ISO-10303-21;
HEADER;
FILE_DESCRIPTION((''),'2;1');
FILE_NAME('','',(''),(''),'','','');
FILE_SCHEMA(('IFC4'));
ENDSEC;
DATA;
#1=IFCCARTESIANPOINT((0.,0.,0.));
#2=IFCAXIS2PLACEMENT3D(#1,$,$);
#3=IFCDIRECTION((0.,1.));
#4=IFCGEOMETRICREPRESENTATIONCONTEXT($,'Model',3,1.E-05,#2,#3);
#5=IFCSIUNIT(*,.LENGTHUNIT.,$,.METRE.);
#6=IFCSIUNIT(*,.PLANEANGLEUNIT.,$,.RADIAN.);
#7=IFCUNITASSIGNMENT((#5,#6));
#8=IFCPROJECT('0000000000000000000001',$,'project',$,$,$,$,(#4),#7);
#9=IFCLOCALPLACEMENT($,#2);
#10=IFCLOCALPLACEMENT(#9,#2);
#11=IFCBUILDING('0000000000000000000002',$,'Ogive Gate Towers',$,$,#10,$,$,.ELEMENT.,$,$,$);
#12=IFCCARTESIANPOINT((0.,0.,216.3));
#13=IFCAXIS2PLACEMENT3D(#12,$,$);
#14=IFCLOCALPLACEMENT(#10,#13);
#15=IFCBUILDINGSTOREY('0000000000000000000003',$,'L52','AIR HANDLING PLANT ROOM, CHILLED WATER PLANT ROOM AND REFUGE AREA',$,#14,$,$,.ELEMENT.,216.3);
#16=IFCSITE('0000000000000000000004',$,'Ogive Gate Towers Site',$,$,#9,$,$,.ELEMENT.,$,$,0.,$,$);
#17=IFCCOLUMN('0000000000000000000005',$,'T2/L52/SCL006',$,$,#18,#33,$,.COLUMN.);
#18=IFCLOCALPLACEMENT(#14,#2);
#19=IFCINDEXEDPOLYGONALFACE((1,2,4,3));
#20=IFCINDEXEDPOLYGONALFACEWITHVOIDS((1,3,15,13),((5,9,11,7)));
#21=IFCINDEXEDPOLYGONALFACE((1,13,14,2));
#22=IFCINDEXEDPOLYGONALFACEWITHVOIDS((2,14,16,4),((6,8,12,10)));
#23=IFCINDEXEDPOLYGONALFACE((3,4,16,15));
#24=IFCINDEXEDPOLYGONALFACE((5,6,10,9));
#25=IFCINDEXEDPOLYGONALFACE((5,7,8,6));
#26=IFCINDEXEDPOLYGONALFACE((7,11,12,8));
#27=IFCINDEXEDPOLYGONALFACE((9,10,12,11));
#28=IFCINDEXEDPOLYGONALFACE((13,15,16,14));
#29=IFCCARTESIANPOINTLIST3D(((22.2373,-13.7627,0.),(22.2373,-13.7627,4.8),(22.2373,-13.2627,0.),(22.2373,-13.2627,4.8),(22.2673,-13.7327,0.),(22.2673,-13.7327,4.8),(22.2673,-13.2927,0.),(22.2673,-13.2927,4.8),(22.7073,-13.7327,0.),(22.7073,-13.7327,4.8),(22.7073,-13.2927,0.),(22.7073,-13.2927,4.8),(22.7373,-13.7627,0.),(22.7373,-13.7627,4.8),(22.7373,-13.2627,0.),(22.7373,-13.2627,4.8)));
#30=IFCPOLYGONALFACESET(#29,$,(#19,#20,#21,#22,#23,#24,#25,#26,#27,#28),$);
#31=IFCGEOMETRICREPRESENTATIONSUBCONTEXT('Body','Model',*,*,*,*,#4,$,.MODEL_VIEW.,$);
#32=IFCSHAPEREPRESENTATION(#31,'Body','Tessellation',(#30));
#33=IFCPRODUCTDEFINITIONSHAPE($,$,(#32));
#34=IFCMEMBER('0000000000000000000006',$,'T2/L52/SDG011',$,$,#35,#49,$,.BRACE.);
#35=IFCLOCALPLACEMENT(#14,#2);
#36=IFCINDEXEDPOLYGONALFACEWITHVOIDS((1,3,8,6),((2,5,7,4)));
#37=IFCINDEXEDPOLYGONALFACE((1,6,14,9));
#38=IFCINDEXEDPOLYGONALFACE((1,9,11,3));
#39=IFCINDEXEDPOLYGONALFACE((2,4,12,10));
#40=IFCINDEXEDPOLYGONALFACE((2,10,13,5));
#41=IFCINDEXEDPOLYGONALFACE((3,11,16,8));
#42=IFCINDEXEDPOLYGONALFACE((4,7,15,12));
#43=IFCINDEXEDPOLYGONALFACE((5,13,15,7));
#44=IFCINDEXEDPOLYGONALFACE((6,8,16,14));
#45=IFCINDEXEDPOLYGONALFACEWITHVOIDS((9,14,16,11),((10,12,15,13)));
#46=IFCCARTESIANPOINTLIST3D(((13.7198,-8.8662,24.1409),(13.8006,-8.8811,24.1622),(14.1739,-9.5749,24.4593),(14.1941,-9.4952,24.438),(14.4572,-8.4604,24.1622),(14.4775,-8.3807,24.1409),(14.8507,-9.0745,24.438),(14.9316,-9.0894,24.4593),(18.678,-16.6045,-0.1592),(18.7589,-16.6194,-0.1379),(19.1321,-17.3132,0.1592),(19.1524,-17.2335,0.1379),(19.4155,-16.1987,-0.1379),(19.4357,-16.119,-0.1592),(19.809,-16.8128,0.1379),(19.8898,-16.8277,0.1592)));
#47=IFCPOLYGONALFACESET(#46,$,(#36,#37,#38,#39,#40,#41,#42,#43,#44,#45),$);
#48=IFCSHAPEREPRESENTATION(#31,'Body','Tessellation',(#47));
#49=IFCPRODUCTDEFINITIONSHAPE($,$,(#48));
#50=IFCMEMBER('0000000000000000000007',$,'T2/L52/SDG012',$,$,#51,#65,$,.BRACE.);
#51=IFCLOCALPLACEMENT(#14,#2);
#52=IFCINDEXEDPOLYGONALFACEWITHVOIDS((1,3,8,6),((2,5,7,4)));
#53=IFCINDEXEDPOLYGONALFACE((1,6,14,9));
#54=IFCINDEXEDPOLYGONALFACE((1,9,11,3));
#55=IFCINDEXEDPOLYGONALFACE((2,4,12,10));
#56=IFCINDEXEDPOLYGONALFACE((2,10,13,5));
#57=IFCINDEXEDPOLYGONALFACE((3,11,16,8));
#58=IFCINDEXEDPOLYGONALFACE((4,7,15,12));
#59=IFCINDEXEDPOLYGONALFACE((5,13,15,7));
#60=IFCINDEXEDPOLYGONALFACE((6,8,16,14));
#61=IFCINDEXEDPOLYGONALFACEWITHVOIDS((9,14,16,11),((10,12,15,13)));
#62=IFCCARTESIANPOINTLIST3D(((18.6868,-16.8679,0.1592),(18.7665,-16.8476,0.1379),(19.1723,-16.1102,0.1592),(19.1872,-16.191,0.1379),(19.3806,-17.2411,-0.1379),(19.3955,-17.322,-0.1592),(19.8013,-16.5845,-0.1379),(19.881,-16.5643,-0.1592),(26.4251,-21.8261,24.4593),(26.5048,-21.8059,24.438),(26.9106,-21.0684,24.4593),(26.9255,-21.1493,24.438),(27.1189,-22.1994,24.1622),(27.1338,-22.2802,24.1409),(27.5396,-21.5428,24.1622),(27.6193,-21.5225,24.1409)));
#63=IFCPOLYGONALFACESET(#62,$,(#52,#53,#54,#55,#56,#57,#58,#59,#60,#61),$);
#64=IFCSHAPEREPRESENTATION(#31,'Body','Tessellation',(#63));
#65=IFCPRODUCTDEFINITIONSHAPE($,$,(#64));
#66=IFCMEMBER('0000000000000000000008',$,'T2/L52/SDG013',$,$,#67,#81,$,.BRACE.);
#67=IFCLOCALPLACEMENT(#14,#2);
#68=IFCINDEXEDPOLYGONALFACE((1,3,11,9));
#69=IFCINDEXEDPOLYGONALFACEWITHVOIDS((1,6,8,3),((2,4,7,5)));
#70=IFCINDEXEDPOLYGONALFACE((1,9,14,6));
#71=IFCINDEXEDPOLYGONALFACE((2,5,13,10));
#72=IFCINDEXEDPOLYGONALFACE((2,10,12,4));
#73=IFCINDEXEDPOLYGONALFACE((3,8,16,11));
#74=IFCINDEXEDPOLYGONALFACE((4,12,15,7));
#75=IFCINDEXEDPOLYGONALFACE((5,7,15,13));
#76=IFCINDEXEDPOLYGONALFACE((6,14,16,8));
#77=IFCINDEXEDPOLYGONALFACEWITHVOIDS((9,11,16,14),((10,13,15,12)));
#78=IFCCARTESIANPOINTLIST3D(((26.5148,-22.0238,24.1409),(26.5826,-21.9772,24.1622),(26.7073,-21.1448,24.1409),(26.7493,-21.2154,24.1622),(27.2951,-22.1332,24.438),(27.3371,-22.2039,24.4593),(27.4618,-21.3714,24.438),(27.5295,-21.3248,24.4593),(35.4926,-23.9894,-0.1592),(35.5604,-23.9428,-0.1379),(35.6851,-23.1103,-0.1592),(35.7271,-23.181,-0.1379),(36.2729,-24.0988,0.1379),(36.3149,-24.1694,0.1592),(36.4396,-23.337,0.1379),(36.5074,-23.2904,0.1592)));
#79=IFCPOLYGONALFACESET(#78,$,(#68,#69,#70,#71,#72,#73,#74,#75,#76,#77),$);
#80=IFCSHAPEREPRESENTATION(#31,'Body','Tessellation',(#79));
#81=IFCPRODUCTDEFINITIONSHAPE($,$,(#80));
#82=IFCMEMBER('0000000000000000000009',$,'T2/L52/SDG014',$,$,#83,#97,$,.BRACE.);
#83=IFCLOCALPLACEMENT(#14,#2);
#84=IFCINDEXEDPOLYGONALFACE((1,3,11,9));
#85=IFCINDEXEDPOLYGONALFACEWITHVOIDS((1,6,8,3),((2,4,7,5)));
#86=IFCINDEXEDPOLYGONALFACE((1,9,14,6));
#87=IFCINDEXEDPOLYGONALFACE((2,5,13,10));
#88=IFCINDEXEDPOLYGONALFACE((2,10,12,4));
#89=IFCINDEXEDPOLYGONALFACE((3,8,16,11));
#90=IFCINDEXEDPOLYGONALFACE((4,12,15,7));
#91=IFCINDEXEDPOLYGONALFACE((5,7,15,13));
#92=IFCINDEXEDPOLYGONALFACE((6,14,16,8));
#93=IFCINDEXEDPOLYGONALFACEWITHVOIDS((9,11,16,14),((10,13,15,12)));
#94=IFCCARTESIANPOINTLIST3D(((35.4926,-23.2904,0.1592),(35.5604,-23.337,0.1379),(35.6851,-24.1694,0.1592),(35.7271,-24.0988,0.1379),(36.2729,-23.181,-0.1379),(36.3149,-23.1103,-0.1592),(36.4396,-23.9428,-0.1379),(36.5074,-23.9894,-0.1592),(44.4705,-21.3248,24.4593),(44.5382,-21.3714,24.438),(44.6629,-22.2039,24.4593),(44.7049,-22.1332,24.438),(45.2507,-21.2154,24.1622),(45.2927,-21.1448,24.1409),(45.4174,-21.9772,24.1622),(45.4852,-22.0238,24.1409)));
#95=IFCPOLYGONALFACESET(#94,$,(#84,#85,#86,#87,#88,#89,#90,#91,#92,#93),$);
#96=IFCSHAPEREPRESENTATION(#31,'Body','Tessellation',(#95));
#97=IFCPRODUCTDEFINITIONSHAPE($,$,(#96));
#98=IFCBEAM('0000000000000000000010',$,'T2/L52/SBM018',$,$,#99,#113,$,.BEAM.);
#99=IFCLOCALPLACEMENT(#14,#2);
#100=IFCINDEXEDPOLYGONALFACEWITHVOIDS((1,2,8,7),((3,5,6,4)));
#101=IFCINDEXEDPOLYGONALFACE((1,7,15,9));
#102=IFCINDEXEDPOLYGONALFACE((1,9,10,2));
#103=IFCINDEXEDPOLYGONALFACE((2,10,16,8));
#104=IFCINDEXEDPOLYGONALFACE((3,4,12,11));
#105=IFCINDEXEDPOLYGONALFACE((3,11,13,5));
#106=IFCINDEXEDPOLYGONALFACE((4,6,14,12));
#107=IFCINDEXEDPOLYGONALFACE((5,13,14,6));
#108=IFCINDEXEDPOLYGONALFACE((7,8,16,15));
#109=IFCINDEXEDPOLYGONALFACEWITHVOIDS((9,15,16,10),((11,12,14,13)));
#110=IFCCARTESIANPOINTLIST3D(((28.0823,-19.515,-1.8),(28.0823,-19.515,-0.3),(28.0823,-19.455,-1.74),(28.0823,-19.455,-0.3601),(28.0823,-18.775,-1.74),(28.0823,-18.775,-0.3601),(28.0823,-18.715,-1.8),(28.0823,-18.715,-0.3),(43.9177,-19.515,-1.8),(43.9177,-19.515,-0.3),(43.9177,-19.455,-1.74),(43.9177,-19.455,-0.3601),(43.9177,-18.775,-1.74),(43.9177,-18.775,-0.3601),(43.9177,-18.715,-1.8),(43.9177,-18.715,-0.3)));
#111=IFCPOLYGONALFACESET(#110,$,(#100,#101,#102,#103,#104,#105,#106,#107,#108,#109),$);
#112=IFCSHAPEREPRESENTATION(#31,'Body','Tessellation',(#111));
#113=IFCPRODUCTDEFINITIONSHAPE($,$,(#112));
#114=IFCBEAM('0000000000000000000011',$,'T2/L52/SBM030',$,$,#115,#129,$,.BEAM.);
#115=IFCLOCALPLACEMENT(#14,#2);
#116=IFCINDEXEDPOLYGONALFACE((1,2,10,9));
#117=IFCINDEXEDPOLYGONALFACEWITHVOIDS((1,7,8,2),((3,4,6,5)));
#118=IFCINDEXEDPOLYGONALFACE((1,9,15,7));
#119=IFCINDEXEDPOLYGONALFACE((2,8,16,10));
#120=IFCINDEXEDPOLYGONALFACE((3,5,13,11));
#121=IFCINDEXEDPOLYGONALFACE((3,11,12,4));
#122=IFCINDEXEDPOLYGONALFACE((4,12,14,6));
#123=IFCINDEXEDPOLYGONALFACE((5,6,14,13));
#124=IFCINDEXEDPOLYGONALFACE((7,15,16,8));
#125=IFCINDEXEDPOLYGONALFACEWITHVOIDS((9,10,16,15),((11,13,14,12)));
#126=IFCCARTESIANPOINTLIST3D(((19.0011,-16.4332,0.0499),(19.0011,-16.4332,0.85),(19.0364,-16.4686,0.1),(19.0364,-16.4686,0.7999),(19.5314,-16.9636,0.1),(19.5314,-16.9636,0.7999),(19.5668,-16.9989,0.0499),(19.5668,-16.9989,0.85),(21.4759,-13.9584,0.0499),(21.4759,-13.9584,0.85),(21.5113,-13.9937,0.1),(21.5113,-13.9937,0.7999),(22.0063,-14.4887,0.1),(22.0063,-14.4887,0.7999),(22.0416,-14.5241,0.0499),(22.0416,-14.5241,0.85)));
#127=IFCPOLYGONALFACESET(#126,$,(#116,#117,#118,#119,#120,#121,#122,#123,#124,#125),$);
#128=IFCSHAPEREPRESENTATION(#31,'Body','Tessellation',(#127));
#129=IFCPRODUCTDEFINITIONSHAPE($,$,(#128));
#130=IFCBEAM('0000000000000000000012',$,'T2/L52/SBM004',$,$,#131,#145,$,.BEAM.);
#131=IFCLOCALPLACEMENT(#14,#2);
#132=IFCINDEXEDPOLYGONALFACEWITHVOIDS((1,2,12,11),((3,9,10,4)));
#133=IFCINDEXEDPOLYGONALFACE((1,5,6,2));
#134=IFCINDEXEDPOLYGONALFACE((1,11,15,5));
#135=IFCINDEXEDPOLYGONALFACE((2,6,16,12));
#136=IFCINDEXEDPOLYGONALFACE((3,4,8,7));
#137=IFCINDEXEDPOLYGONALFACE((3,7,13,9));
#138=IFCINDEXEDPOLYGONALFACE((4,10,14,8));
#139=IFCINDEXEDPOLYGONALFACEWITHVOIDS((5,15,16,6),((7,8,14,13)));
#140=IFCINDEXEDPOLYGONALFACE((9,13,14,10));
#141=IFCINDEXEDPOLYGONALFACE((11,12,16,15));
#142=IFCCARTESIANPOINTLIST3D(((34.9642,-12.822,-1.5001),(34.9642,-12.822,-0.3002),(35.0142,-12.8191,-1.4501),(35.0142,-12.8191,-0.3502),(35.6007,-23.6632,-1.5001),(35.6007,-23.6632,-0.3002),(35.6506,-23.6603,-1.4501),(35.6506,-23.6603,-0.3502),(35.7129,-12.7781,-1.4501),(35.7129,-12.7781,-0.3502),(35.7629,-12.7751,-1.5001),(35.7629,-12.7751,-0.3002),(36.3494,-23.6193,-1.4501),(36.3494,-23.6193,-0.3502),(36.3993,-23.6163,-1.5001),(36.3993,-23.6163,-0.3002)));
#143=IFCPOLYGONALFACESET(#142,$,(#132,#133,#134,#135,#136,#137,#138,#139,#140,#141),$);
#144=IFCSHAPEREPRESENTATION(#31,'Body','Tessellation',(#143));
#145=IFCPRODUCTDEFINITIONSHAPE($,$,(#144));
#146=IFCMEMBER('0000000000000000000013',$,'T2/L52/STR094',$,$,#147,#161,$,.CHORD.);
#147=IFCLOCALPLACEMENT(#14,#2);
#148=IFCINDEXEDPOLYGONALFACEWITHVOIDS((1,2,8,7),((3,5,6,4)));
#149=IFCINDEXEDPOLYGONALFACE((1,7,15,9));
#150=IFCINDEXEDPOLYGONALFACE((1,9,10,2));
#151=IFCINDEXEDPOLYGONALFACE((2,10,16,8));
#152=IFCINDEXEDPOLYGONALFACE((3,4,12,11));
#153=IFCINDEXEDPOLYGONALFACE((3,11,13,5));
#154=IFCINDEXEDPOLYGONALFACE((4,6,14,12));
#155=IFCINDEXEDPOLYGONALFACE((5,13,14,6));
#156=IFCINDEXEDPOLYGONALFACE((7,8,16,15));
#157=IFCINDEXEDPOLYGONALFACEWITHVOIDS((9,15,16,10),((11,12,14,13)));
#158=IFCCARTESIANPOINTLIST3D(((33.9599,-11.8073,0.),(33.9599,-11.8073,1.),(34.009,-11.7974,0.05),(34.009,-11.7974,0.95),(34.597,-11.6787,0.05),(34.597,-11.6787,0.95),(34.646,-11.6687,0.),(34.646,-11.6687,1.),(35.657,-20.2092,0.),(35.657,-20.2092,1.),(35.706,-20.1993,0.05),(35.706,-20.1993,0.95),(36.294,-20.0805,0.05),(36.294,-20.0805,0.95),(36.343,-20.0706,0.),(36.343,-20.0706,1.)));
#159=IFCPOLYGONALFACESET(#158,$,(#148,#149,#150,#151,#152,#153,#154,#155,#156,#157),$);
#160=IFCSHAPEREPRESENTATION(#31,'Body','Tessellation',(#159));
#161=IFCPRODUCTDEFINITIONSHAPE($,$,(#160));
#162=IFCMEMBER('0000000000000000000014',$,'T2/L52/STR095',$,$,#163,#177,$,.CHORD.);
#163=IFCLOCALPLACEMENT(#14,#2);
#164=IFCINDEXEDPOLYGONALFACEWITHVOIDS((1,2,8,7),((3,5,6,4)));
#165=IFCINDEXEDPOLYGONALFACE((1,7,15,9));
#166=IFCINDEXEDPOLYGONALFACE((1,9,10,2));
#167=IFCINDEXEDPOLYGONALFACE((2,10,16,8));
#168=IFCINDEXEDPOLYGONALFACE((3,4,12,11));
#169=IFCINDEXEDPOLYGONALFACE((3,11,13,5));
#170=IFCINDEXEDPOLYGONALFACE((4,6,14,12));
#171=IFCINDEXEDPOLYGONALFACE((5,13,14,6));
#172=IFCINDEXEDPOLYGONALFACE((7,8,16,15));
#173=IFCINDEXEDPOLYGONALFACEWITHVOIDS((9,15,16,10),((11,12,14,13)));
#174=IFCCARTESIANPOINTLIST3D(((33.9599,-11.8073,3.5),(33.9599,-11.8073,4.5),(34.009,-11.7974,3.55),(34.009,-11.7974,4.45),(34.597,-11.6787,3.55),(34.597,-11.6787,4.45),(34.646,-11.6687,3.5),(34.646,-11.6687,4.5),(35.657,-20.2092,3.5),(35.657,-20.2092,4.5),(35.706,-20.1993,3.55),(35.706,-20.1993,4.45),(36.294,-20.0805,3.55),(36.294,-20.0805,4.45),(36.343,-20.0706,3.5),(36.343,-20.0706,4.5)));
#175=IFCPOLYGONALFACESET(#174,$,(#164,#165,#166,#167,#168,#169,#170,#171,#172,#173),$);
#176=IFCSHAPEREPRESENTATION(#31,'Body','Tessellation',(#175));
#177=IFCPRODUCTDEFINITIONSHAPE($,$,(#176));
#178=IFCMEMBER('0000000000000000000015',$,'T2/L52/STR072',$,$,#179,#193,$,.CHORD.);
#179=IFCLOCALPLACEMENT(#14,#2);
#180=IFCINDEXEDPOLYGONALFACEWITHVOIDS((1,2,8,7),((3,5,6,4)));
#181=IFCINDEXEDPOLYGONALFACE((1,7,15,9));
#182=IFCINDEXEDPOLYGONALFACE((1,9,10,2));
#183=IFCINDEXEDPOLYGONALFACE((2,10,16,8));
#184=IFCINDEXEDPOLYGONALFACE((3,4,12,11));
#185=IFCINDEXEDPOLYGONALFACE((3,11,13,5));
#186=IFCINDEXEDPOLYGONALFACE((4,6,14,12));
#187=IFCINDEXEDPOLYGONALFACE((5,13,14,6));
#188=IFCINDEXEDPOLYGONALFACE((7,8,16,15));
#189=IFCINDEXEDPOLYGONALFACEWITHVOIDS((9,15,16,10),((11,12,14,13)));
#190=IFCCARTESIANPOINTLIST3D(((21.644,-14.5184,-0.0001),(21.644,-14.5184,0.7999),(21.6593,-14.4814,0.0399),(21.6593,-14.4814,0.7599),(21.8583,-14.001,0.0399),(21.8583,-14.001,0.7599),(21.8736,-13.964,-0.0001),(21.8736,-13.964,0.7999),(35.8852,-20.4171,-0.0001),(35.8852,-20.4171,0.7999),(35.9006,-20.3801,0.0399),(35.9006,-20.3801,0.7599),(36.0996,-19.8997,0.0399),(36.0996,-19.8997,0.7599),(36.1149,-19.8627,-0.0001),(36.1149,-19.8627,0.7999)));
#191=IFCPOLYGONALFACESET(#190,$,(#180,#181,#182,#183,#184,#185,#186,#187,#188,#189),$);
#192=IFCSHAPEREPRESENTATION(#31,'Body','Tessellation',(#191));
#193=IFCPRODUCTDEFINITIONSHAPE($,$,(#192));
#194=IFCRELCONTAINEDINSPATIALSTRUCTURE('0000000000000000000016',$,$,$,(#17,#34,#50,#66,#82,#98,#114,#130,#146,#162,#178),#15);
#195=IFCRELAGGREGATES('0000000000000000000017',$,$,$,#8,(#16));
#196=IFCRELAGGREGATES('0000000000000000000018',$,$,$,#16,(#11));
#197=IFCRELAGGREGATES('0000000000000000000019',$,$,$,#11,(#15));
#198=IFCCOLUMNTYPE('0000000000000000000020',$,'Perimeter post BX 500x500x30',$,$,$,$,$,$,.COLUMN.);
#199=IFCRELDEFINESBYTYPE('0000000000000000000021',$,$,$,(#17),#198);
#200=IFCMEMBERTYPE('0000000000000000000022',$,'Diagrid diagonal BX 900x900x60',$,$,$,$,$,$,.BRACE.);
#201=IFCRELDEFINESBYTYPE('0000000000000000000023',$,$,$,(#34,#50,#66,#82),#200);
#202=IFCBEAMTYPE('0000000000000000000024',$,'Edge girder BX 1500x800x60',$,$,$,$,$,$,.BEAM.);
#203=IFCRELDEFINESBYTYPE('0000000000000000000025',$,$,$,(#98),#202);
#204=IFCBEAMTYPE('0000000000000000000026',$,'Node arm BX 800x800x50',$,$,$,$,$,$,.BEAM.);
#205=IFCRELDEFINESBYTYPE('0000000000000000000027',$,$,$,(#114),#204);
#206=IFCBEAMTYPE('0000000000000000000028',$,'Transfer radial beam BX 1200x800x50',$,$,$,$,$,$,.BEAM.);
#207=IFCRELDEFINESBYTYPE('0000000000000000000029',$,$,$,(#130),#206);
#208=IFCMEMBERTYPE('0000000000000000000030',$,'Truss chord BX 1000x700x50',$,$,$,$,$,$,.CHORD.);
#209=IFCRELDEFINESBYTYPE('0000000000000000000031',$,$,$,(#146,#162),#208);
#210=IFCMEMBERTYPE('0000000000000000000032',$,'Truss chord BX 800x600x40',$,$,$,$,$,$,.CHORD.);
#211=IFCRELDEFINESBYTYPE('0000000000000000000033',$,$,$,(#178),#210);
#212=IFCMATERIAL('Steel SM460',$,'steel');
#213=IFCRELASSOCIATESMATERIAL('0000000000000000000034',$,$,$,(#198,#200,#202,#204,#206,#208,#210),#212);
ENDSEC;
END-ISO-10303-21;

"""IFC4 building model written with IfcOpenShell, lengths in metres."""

from ifc_helpers import new_model, si_unit, direction, frame, origin, origin_2d, place, context, subcontext, project, spatial, hollow_rectangle, extrude, material, material_profile, profile_set, type_object, element, save


model = new_model("IFC4")

# Units and contexts
model_context = context("Model", 3, precision=1e-05, world=origin(), true_north=direction((0.0, 1.0)))
body_context = subcontext(model_context, "Body", "Model", "MODEL_VIEW")
ifc_project = project(units=[si_unit("LENGTHUNIT", "METRE"), si_unit("PLANEANGLEUNIT", "RADIAN")], contexts=[model_context])

# Site, building, storey
site_placement = place(None, origin())
site = spatial("IfcSite", under=ifc_project, at=site_placement, Name="Ogive Gate Towers Site", CompositionType="ELEMENT", RefElevation=0.0)
building_placement = place(site_placement, origin())
building = spatial("IfcBuilding", under=site, at=building_placement, Name="Ogive Gate Towers", CompositionType="ELEMENT")
storey_placement = place(building_placement, frame((0.0, 0.0, 216.3)))
storey = spatial("IfcBuildingStorey", under=building, at=storey_placement, Name="L52", Description="AIR HANDLING PLANT ROOM, CHILLED WATER PLANT ROOM AND REFUGE AREA", CompositionType="ELEMENT", Elevation=216.3)

# Column
ifc_material_1 = material(Name="Steel SM460", Category="steel")
ifc_material_profile_1 = material_profile(ifc_material_1, hollow_rectangle(XDim=0.5, YDim=0.5, WallThickness=0.03, at=origin_2d()), Name="BX 500x500x30")
ifc_profile_set_1 = profile_set([ifc_material_profile_1], Name="Steel SM460")
column_type = type_object("IfcColumnType", Name="Perimeter post BX 500x500x30", PredefinedType="COLUMN", material=ifc_profile_set_1)
column_placement = place(storey_placement, frame((22.4873, -13.5127, 0.0), z_axis=(0.0, 0.0, 1.0), x_axis=(1.0, 0.0, 0.0)))
element("IfcColumn", 1, at=column_placement, inside=storey, type_object=column_type, Name="T2/L52/SCL006", PredefinedType="COLUMN", context=body_context, shape_type="SweptSolid", body=[
    extrude(hollow_rectangle(XDim=0.5, YDim=0.5, WallThickness=0.03, at=origin_2d()), origin(), (0.0, 0.0, 1.0), 4.8),
])

# Members
ifc_material_profile_2 = material_profile(ifc_material_1, hollow_rectangle(XDim=0.8999, YDim=0.8999, WallThickness=0.0601, at=origin_2d()), Name="BX 900x900x60")
ifc_profile_set_2 = profile_set([ifc_material_profile_2], Name="Steel SM460")
member_type_1 = type_object("IfcMemberType", Name="Diagrid diagonal BX 900x900x60", PredefinedType="BRACE", material=ifc_profile_set_2)
for number, where, z_axis, x_axis, name in (
    (2, (19.2839, -16.7161, 0.0), (-0.190849, 0.297856, 0.935339), (-0.841987, -0.539498, 0.0), "T2/L52/SDG011"),
    (3, (19.2839, -16.7161, 0.0), (0.297856, -0.190849, 0.935339), (0.539498, 0.841987, 0.0), "T2/L52/SDG012"),
    (4, (36.0, -23.6399, 0.0), (-0.345566, 0.075658, 0.935339), (-0.213872, -0.976862, 0.0), "T2/L52/SDG013"),
    (5, (36.0, -23.6399, 0.0), (0.345566, 0.075658, 0.935339), (-0.213872, 0.976862, 0.0), "T2/L52/SDG014"),
):
    element("IfcMember", number, at=place(storey_placement, frame(where, z_axis=z_axis, x_axis=x_axis)), inside=storey, type_object=member_type_1, Name=name, PredefinedType="BRACE", context=body_context, shape_type="SweptSolid", body=[
        extrude(hollow_rectangle(XDim=0.8999, YDim=0.8999, WallThickness=0.0601, at=origin_2d()), origin(), (0.0, 0.0, 1.0), 25.98),
    ])

# Beams
ifc_material_profile_3 = material_profile(ifc_material_1, hollow_rectangle(XDim=0.8, YDim=1.5, WallThickness=0.0601, at=origin_2d()), Name="BX 1500x800x60")
ifc_profile_set_3 = profile_set([ifc_material_profile_3], Name="Steel SM460")
beam_type_1 = type_object("IfcBeamType", Name="Edge girder BX 1500x800x60", PredefinedType="BEAM", material=ifc_profile_set_3)
beam_1_placement = place(storey_placement, frame((28.0823, -19.115, -1.05), z_axis=(1.0, 0.0, 0.0), x_axis=(0.0, 1.0, 0.0)))
element("IfcBeam", 6, at=beam_1_placement, inside=storey, type_object=beam_type_1, Name="T2/L52/SBM018", PredefinedType="BEAM", context=body_context, shape_type="SweptSolid", body=[
    extrude(hollow_rectangle(XDim=0.8, YDim=1.5, WallThickness=0.0601, at=origin_2d()), origin(), (0.0, 0.0, 1.0), 15.8354),
])
ifc_material_profile_4 = material_profile(ifc_material_1, hollow_rectangle(XDim=0.8, YDim=0.8, WallThickness=0.05, at=origin_2d()), Name="BX 800x800x50")
ifc_profile_set_4 = profile_set([ifc_material_profile_4], Name="Steel SM460")
beam_type_2 = type_object("IfcBeamType", Name="Node arm BX 800x800x50", PredefinedType="BEAM", material=ifc_profile_set_4)
beam_2_placement = place(storey_placement, frame((21.7588, -14.2412, 0.45), z_axis=(-0.707107, -0.707107, 0.0), x_axis=(0.707107, -0.707107, 0.0)))
element("IfcBeam", 7, at=beam_2_placement, inside=storey, type_object=beam_type_2, Name="T2/L52/SBM030", PredefinedType="BEAM", context=body_context, shape_type="SweptSolid", body=[
    extrude(hollow_rectangle(XDim=0.8, YDim=0.8, WallThickness=0.05, at=origin_2d()), origin(), (0.0, 0.0, 1.0), 3.5),
])
ifc_material_profile_5 = material_profile(ifc_material_1, hollow_rectangle(XDim=0.8, YDim=1.2, WallThickness=0.05, at=origin_2d()), Name="BX 1200x800x50")
ifc_profile_set_5 = profile_set([ifc_material_profile_5], Name="Steel SM460")
beam_type_3 = type_object("IfcBeamType", Name="Transfer radial beam BX 1200x800x50", PredefinedType="BEAM", material=ifc_profile_set_5)
beam_3_placement = place(storey_placement, frame((35.3635, -12.7986, -0.9001), z_axis=(0.058607, -0.998281, 0.0), x_axis=(0.998281, 0.058607, 0.0)))
element("IfcBeam", 8, at=beam_3_placement, inside=storey, type_object=beam_type_3, Name="T2/L52/SBM004", PredefinedType="BEAM", context=body_context, shape_type="SweptSolid", body=[
    extrude(hollow_rectangle(XDim=0.8, YDim=1.2, WallThickness=0.05, at=origin_2d()), origin(), (0.0, 0.0, 1.0), 10.8599),
])

# Members
ifc_material_profile_6 = material_profile(ifc_material_1, hollow_rectangle(XDim=0.7, YDim=1.0, WallThickness=0.05, at=origin_2d()), Name="BX 1000x700x50")
ifc_profile_set_6 = profile_set([ifc_material_profile_6], Name="Steel SM460")
member_type_2 = type_object("IfcMemberType", Name="Truss chord BX 1000x700x50", PredefinedType="CHORD", material=ifc_profile_set_6)
for number, where, z_axis, x_axis, name in (
    (9, (34.303, -11.738, 0.5), (0.197984, -0.980205, 0.0), (0.980205, 0.197984, 0.0), "T2/L52/STR094"),
    (10, (34.303, -11.738, 4.0), (0.197984, -0.980205, 0.0), (0.980205, 0.197984, 0.0), "T2/L52/STR095"),
):
    element("IfcMember", number, at=place(storey_placement, frame(where, z_axis=z_axis, x_axis=x_axis)), inside=storey, type_object=member_type_2, Name=name, PredefinedType="CHORD", context=body_context, shape_type="SweptSolid", body=[
        extrude(hollow_rectangle(XDim=0.7, YDim=1.0, WallThickness=0.05, at=origin_2d()), origin(), (0.0, 0.0, 1.0), 8.5715),
    ])
ifc_material_profile_7 = material_profile(ifc_material_1, hollow_rectangle(XDim=0.6001, YDim=0.8, WallThickness=0.04, at=origin_2d()), Name="BX 800x600x40")
ifc_profile_set_7 = profile_set([ifc_material_profile_7], Name="Steel SM460")
member_type_3 = type_object("IfcMemberType", Name="Truss chord BX 800x600x40", PredefinedType="CHORD", material=ifc_profile_set_7)
for number, where, z_axis, x_axis, name in (
    (11, (21.7588, -14.2412, 0.3999), (0.923885, -0.382671, 0.0), (0.382671, 0.923885, 0.0), "T2/L52/STR072"),
):
    element("IfcMember", number, at=place(storey_placement, frame(where, z_axis=z_axis, x_axis=x_axis)), inside=storey, type_object=member_type_3, Name=name, PredefinedType="CHORD", context=body_context, shape_type="SweptSolid", body=[
        extrude(hollow_rectangle(XDim=0.6001, YDim=0.8, WallThickness=0.04, at=origin_2d()), origin(), (0.0, 0.0, 1.0), 15.4146),
    ])

save(model, "model.ifc")
